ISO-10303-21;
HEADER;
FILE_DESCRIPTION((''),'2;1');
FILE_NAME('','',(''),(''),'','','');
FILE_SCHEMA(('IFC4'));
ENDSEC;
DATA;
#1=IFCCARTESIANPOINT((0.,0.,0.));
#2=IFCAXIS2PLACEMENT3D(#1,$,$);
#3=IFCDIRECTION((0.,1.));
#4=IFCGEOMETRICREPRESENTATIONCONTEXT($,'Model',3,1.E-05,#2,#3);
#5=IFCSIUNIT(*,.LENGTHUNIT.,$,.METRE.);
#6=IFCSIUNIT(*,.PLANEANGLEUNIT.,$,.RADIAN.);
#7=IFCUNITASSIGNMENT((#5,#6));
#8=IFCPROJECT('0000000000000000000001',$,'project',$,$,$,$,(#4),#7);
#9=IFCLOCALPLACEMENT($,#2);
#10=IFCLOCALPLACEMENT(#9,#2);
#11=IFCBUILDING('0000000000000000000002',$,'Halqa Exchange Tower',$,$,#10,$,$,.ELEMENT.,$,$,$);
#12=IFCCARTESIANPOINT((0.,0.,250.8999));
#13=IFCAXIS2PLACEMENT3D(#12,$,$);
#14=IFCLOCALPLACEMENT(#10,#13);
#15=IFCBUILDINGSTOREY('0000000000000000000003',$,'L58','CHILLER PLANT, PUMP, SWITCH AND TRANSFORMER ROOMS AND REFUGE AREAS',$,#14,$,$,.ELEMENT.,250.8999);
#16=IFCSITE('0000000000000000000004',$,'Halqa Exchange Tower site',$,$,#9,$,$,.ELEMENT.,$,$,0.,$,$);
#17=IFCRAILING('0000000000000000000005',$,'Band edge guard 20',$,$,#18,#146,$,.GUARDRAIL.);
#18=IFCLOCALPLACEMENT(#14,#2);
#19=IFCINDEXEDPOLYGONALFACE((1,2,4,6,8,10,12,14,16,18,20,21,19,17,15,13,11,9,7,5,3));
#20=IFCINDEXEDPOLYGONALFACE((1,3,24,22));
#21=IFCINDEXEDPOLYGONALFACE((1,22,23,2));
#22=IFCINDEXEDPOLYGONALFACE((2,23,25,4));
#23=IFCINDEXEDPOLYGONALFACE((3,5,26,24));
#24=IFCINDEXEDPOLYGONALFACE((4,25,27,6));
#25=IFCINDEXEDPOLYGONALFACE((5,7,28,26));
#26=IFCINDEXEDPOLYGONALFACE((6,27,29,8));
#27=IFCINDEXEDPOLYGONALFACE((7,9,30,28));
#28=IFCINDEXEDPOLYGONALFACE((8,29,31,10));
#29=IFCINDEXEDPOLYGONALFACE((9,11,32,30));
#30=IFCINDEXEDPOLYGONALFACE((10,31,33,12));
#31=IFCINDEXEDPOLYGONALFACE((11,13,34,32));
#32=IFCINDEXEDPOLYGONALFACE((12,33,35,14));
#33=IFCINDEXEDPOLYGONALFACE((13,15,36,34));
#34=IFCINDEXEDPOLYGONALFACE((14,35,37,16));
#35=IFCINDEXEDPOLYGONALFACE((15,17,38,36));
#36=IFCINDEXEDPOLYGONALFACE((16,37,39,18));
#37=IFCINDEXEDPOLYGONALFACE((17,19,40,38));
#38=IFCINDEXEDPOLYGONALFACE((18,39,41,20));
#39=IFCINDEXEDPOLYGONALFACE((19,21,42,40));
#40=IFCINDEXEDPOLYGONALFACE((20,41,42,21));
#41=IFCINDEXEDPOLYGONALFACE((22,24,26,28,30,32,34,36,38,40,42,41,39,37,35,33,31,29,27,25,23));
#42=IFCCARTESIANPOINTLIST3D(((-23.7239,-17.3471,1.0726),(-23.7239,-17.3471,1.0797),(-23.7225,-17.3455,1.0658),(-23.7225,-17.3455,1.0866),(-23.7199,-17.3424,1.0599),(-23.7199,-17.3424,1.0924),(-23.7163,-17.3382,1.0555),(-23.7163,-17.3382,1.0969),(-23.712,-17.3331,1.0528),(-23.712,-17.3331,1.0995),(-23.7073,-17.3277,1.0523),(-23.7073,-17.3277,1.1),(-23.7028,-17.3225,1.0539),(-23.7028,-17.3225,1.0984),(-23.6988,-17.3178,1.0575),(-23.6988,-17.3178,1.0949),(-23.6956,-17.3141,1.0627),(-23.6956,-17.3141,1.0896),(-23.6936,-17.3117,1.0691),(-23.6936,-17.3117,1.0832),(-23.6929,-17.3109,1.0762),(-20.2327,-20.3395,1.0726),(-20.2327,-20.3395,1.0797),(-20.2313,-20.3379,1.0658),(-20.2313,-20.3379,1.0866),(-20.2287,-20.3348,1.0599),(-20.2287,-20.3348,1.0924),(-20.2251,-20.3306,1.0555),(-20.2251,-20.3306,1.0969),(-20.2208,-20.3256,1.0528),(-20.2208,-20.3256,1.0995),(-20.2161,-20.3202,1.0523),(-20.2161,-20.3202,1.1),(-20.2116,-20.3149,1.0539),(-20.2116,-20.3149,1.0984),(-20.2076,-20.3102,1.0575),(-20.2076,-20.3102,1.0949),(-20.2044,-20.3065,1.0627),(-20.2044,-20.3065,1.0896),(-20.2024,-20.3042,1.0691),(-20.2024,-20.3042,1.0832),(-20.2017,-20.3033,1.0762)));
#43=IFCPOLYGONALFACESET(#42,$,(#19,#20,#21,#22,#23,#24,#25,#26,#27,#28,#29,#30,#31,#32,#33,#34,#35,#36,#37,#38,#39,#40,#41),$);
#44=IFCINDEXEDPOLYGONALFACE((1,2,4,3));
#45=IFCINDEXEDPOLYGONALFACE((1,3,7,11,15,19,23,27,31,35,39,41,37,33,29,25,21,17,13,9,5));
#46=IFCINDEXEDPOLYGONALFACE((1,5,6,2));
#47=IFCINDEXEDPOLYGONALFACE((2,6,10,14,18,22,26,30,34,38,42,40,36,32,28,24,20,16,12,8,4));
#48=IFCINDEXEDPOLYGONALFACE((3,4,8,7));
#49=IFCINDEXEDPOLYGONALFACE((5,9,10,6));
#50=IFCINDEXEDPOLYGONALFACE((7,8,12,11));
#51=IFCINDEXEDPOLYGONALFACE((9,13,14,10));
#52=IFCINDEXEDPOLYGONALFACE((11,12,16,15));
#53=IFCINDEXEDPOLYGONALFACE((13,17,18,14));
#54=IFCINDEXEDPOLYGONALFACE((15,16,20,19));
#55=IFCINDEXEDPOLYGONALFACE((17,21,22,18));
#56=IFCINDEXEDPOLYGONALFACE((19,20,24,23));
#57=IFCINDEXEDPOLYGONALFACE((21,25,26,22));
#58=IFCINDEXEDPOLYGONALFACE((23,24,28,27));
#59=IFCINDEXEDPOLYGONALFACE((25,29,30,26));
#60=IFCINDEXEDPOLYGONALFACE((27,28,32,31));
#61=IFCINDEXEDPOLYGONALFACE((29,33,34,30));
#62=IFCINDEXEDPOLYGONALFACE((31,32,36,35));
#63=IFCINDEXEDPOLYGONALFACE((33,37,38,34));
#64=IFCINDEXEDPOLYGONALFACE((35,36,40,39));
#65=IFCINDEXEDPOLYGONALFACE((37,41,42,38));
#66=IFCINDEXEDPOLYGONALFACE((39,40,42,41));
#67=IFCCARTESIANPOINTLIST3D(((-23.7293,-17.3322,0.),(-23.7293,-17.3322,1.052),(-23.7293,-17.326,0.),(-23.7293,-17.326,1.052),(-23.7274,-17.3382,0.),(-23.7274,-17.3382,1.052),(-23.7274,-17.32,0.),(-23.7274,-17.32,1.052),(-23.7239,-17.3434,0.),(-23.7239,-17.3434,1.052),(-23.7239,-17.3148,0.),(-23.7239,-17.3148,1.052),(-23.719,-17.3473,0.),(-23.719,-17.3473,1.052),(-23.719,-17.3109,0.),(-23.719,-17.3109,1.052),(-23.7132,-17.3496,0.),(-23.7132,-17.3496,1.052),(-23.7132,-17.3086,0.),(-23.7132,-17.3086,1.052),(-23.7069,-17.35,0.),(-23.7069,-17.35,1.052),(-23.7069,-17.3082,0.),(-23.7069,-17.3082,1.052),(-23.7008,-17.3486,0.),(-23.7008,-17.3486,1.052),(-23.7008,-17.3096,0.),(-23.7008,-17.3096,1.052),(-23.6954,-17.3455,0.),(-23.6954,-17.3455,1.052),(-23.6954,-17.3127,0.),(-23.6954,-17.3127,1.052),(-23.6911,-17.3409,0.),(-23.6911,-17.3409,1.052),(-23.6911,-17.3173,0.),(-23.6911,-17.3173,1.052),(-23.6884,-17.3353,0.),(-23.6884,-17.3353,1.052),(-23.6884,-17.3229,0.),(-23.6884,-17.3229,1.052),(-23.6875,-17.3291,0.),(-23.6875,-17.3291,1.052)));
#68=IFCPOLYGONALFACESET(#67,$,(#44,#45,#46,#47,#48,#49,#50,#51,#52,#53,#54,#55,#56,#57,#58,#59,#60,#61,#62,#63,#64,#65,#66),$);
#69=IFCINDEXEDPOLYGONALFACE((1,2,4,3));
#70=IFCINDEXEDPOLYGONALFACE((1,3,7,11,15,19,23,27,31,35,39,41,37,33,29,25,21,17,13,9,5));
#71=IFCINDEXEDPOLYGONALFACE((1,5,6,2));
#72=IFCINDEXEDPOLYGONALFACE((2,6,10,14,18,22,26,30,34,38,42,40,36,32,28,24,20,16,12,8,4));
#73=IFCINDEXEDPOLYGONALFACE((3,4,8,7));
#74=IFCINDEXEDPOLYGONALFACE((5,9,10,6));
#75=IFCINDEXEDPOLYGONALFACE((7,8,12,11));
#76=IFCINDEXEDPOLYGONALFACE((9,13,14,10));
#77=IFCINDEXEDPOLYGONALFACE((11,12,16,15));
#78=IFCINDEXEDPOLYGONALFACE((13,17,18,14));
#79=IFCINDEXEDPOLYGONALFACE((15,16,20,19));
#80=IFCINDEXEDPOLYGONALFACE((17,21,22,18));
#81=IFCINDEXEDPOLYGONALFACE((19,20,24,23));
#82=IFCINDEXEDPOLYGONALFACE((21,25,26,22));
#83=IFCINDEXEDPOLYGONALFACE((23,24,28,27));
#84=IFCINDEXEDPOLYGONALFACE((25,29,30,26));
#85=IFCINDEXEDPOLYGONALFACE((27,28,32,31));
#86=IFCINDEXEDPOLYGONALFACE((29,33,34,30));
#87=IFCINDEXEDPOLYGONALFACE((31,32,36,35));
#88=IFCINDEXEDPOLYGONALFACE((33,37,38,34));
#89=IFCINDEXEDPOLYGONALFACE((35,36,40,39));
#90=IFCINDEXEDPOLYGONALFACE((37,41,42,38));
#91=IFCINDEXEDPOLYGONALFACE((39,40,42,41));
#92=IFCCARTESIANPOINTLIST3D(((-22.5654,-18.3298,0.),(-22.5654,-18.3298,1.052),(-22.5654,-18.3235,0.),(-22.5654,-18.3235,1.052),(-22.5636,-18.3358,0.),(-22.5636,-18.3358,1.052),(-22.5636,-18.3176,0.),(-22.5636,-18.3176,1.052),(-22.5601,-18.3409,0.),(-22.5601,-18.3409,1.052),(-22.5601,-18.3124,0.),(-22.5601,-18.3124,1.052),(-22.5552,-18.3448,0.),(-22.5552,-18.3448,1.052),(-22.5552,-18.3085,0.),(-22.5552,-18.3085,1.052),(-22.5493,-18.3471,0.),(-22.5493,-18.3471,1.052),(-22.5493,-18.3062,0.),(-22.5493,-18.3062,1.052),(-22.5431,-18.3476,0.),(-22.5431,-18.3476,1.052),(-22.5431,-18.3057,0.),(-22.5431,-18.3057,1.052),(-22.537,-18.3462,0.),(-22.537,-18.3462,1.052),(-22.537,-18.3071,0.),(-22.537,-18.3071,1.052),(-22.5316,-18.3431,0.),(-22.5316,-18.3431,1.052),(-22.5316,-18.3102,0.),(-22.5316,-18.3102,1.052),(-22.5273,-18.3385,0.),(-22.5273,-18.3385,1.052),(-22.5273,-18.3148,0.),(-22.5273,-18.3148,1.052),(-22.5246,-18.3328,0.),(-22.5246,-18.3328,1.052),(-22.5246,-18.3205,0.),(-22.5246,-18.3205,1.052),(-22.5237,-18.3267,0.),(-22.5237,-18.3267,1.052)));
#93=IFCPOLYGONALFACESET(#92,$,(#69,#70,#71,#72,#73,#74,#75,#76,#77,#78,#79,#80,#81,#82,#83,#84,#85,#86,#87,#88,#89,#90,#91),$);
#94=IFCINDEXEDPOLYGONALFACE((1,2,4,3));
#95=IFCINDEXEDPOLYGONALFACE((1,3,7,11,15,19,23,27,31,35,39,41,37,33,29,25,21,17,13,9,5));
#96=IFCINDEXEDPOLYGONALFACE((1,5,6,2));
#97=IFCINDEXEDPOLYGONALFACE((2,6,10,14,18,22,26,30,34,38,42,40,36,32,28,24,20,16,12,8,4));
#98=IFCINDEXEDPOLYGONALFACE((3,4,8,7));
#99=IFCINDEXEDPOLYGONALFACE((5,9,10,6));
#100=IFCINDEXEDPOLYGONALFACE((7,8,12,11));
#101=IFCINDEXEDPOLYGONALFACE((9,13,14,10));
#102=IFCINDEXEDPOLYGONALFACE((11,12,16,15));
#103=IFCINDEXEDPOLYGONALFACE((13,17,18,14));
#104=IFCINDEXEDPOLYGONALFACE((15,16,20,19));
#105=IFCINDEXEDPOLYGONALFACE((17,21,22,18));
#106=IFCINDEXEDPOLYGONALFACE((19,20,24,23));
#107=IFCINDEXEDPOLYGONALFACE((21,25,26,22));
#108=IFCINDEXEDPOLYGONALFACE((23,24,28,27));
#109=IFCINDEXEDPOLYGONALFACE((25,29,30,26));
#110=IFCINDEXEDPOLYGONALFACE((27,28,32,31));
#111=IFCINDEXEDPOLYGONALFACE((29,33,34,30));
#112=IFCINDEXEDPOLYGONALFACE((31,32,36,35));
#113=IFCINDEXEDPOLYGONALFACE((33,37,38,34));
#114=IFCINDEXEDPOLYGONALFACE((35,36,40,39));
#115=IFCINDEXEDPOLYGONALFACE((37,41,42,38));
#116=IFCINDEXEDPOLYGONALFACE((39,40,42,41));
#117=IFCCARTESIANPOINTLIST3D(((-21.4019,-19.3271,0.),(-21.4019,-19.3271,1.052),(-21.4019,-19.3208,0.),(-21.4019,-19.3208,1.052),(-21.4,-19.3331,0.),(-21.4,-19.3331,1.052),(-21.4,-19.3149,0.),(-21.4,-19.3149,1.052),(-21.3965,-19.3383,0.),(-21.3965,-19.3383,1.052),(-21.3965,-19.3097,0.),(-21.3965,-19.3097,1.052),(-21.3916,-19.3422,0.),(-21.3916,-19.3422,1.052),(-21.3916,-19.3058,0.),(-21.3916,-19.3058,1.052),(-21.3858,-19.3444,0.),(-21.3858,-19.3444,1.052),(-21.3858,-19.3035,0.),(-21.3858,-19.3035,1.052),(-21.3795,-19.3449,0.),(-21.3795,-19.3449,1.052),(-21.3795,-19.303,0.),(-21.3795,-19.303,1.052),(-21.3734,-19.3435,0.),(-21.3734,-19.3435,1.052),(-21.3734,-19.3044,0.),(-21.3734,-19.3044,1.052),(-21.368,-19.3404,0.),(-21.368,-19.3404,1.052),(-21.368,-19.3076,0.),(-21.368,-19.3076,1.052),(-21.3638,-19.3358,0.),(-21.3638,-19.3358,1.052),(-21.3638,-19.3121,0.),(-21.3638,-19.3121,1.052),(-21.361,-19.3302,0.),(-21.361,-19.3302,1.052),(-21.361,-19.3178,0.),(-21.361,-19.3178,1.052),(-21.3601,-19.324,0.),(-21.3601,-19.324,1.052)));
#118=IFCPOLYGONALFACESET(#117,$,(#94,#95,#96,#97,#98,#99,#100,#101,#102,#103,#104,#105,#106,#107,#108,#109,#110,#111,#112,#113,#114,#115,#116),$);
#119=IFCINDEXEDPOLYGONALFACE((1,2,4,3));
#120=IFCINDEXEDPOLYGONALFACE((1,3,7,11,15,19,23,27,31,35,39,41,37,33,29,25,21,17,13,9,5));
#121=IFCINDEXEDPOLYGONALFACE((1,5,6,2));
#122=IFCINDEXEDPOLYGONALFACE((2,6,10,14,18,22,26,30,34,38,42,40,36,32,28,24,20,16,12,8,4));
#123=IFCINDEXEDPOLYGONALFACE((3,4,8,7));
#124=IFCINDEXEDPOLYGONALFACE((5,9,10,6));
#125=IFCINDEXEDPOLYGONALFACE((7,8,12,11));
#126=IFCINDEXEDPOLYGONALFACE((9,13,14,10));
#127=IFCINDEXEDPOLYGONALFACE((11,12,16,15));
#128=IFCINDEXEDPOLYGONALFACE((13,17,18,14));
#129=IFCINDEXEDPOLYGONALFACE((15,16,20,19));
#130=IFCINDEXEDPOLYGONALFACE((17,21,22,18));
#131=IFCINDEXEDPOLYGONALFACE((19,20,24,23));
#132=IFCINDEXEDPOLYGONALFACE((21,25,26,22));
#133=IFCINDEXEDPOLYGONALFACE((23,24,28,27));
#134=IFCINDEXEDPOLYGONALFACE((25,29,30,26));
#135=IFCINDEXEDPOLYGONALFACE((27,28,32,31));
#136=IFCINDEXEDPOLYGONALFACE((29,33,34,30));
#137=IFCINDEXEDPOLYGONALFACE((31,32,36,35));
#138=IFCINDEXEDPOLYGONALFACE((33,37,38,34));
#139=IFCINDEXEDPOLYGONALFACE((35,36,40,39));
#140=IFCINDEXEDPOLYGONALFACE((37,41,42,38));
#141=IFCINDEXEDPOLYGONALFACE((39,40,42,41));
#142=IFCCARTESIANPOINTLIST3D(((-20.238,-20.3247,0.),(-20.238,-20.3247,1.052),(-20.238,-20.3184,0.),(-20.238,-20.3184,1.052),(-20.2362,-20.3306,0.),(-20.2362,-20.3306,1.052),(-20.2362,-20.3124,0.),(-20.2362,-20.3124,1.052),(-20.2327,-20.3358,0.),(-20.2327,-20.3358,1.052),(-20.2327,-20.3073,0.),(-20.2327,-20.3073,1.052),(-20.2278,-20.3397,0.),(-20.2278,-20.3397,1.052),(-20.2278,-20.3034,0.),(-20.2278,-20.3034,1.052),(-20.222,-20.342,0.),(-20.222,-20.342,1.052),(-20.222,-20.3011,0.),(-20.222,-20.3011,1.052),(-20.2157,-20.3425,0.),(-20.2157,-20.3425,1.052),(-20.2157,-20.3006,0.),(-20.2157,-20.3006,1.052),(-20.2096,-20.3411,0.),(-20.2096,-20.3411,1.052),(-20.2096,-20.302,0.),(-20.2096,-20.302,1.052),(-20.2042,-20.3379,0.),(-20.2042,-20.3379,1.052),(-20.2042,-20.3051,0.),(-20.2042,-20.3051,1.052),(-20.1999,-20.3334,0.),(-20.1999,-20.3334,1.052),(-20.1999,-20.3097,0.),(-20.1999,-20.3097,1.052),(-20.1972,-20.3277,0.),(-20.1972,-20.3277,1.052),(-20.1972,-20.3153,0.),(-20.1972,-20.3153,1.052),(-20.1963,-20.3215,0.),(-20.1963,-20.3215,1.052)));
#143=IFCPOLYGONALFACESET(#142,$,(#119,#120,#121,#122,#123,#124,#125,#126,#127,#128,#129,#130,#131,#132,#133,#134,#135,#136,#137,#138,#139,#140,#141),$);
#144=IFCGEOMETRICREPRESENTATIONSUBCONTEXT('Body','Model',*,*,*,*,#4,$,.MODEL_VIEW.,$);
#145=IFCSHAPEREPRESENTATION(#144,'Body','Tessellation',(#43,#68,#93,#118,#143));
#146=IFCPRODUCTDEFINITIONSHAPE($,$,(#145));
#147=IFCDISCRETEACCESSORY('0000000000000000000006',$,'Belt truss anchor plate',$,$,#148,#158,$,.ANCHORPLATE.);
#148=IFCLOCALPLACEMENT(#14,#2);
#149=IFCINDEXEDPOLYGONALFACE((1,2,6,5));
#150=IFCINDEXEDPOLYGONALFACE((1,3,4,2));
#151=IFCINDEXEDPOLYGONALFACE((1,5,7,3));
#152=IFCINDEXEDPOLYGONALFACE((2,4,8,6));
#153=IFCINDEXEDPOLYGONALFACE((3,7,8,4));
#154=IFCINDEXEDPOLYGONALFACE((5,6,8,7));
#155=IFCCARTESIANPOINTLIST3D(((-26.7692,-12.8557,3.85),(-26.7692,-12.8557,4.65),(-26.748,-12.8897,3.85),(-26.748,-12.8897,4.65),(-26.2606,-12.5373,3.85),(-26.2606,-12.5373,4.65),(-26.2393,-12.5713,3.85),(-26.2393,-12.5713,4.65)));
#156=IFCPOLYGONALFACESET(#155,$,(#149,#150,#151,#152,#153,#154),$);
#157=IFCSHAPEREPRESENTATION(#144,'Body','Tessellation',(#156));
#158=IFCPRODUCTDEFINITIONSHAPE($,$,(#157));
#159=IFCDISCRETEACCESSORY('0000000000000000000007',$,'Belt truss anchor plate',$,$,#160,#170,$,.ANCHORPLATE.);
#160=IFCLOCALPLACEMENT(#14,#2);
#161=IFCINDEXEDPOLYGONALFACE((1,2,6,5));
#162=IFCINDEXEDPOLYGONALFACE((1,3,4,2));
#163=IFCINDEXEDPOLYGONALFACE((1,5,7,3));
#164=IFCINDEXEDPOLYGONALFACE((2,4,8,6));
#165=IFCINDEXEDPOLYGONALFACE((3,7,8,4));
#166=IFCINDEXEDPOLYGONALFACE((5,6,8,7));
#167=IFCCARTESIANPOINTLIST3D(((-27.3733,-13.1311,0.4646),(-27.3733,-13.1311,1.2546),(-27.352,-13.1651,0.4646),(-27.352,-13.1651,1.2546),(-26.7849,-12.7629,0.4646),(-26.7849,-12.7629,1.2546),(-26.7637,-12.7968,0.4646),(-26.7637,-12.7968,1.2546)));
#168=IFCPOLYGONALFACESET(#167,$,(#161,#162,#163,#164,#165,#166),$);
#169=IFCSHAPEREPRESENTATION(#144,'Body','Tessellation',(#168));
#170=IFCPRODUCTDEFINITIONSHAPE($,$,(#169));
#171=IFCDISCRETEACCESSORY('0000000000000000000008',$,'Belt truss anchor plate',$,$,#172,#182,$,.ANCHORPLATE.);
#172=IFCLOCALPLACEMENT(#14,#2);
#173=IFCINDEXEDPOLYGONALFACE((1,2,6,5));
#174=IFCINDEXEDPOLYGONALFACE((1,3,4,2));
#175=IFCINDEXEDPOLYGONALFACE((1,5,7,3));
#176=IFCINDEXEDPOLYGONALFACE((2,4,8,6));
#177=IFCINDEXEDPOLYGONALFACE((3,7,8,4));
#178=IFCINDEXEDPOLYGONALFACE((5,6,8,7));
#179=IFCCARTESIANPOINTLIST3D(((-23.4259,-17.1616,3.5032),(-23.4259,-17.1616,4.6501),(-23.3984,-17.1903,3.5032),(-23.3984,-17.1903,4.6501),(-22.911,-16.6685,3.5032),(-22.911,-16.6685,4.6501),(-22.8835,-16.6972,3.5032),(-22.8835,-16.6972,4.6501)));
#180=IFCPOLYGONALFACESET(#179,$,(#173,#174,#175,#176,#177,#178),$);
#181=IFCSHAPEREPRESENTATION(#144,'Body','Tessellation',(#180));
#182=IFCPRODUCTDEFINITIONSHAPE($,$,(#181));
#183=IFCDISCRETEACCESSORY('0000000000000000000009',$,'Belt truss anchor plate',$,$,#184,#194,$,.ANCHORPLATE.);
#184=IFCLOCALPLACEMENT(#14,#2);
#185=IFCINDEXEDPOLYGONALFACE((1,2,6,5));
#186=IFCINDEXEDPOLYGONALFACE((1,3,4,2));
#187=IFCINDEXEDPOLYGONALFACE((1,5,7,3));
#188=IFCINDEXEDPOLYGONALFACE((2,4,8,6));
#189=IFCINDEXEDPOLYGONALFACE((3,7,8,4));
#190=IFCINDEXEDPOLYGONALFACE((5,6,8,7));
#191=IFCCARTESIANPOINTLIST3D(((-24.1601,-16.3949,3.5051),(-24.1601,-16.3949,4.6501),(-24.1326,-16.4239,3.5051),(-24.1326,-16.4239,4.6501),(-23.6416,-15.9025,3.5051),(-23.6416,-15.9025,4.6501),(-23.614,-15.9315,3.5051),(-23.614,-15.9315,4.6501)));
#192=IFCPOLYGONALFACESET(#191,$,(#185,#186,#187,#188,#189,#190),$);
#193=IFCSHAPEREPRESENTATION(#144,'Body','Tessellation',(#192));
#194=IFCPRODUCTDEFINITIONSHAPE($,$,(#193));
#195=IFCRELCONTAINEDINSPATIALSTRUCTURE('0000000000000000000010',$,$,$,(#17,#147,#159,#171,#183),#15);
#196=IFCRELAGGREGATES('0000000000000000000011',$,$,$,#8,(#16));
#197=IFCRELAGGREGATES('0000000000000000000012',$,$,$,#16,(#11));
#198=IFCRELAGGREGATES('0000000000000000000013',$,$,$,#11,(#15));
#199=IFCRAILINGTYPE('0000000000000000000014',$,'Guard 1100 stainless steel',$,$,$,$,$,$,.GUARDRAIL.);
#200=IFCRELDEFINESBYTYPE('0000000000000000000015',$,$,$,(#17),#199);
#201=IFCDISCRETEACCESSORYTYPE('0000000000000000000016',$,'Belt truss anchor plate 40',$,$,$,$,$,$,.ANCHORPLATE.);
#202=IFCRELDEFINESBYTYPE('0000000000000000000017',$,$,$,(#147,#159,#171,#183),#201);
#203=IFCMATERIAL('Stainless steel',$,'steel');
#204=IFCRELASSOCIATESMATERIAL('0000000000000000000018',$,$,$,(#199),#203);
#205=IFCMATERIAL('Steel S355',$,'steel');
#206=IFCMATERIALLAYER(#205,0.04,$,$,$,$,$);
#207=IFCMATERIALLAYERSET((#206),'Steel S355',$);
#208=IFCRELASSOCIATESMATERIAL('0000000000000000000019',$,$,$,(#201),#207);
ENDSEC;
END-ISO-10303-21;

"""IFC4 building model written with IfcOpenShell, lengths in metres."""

from ifc_helpers import new_model, si_unit, direction, frame, origin, origin_2d, place, context, subcontext, project, spatial, rectangle, circle, extrude, material, layer, layer_set, type_object, element, save


model = new_model("IFC4")

# Units and contexts
model_context = context("Model", 3, precision=1e-05, world=origin(), true_north=direction((0.0, 1.0)))
body_context = subcontext(model_context, "Body", "Model", "MODEL_VIEW")
ifc_project = project(units=[si_unit("LENGTHUNIT", "METRE"), si_unit("PLANEANGLEUNIT", "RADIAN")], contexts=[model_context])

# Site, building, storey
site_placement = place(None, origin())
site = spatial("IfcSite", under=ifc_project, at=site_placement, Name="Halqa Exchange Tower site", CompositionType="ELEMENT", RefElevation=0.0)
building_placement = place(site_placement, origin())
building = spatial("IfcBuilding", under=site, at=building_placement, Name="Halqa Exchange Tower", CompositionType="ELEMENT")
storey_placement = place(building_placement, frame((0.0, 0.0, 250.8999)))
storey = spatial("IfcBuildingStorey", under=building, at=storey_placement, Name="L58", Description="CHILLER PLANT, PUMP, SWITCH AND TRANSFORMER ROOMS AND REFUGE AREAS", CompositionType="ELEMENT", Elevation=250.8999)

# Shared definitions
ifc_material_1 = material(Name="Steel S355", Category="steel")

# Railing
ifc_material_2 = material(Name="Stainless steel", Category="steel")
railing_type = type_object("IfcRailingType", Name="Guard 1100 stainless steel", PredefinedType="GUARDRAIL", material=ifc_material_2)
railing_1_placement = place(storey_placement, frame((-23.7085, -17.3291, 0.0)))
element("IfcRailing", 1, at=railing_1_placement, inside=storey, type_object=railing_type, Name="Band edge guard 20", PredefinedType="GUARDRAIL", context=body_context, shape_type="SweptSolid", body=[
    extrude(circle(Radius=0.0239, at=origin_2d()), frame((0.0, 0.0, 1.0762), z_axis=(0.75926, -0.650787, 0.0), x_axis=(0.650787, 0.75926, 0.0)), (0.0, 0.0, 1.0), 4.5981),
    extrude(circle(Radius=0.021, at=origin_2d()), origin(), (0.0, 0.0, 1.0), 1.052),
    extrude(circle(Radius=0.021, at=origin_2d()), frame((1.1638, -0.9976, 0.0)), (0.0, 0.0, 1.0), 1.052),
    extrude(circle(Radius=0.021, at=origin_2d()), frame((2.3274, -1.9949, 0.0)), (0.0, 0.0, 1.0), 1.052),
    extrude(circle(Radius=0.021, at=origin_2d()), frame((3.4912, -2.9924, 0.0)), (0.0, 0.0, 1.0), 1.052),
])

# Discrete accessories
ifc_layer_1 = layer(ifc_material_1, 0.04)
ifc_layer_set_1 = layer_set([ifc_layer_1], Name="Steel S355")
discrete_accessory_type = type_object("IfcDiscreteAccessoryType", Name="Belt truss anchor plate 40", PredefinedType="ANCHORPLATE", material=ifc_layer_set_1)
discrete_accessory_1_placement = place(storey_placement, frame((-26.5149, -12.6965, 4.25), z_axis=(0.530547, -0.847656, 0.0), x_axis=(0.847656, 0.530547, 0.0)))
element("IfcDiscreteAccessory", 2, at=discrete_accessory_1_placement, inside=storey, type_object=discrete_accessory_type, Name="Belt truss anchor plate", PredefinedType="ANCHORPLATE", context=body_context, shape_type="SweptSolid", body=[
    extrude(rectangle(XDim=0.6001, YDim=0.8, at=origin_2d()), origin(), (0.0, 0.0, 1.0), 0.04),
])
discrete_accessory_2_placement = place(storey_placement, frame((-27.0791, -12.947, 0.8596), z_axis=(0.530547, -0.847656, 0.0), x_axis=(0.847656, 0.530547, 0.0)))
element("IfcDiscreteAccessory", 3, at=discrete_accessory_2_placement, inside=storey, type_object=discrete_accessory_type, Name="Belt truss anchor plate", PredefinedType="ANCHORPLATE", context=body_context, shape_type="SweptSolid", body=[
    extrude(rectangle(XDim=0.6941, YDim=0.79, at=origin_2d()), origin(), (0.0, 0.0, 1.0), 0.04),
])
discrete_accessory_3_placement = place(storey_placement, frame((-23.1685, -16.915, 4.0767), z_axis=(0.691639, -0.722243, 0.0), x_axis=(0.722243, 0.691639, 0.0)))
element("IfcDiscreteAccessory", 4, at=discrete_accessory_3_placement, inside=storey, type_object=discrete_accessory_type, Name="Belt truss anchor plate", PredefinedType="ANCHORPLATE", context=body_context, shape_type="SweptSolid", body=[
    extrude(rectangle(XDim=0.7129, YDim=1.147, at=origin_2d()), origin(), (0.0, 0.0, 1.0), 0.0398),
])
discrete_accessory_4_placement = place(storey_placement, frame((-23.8733, -16.1777, 4.0776), z_axis=(-0.688589, 0.725152, 0.0), x_axis=(-0.725152, -0.688589, 0.0)))
element("IfcDiscreteAccessory", 5, at=discrete_accessory_4_placement, inside=storey, type_object=discrete_accessory_type, Name="Belt truss anchor plate", PredefinedType="ANCHORPLATE", context=body_context, shape_type="SweptSolid", body=[
    extrude(rectangle(XDim=0.7151, YDim=1.145, at=origin_2d()), origin(), (0.0, 0.0, 1.0), 0.04),
])

save(model, "model.ifc")
